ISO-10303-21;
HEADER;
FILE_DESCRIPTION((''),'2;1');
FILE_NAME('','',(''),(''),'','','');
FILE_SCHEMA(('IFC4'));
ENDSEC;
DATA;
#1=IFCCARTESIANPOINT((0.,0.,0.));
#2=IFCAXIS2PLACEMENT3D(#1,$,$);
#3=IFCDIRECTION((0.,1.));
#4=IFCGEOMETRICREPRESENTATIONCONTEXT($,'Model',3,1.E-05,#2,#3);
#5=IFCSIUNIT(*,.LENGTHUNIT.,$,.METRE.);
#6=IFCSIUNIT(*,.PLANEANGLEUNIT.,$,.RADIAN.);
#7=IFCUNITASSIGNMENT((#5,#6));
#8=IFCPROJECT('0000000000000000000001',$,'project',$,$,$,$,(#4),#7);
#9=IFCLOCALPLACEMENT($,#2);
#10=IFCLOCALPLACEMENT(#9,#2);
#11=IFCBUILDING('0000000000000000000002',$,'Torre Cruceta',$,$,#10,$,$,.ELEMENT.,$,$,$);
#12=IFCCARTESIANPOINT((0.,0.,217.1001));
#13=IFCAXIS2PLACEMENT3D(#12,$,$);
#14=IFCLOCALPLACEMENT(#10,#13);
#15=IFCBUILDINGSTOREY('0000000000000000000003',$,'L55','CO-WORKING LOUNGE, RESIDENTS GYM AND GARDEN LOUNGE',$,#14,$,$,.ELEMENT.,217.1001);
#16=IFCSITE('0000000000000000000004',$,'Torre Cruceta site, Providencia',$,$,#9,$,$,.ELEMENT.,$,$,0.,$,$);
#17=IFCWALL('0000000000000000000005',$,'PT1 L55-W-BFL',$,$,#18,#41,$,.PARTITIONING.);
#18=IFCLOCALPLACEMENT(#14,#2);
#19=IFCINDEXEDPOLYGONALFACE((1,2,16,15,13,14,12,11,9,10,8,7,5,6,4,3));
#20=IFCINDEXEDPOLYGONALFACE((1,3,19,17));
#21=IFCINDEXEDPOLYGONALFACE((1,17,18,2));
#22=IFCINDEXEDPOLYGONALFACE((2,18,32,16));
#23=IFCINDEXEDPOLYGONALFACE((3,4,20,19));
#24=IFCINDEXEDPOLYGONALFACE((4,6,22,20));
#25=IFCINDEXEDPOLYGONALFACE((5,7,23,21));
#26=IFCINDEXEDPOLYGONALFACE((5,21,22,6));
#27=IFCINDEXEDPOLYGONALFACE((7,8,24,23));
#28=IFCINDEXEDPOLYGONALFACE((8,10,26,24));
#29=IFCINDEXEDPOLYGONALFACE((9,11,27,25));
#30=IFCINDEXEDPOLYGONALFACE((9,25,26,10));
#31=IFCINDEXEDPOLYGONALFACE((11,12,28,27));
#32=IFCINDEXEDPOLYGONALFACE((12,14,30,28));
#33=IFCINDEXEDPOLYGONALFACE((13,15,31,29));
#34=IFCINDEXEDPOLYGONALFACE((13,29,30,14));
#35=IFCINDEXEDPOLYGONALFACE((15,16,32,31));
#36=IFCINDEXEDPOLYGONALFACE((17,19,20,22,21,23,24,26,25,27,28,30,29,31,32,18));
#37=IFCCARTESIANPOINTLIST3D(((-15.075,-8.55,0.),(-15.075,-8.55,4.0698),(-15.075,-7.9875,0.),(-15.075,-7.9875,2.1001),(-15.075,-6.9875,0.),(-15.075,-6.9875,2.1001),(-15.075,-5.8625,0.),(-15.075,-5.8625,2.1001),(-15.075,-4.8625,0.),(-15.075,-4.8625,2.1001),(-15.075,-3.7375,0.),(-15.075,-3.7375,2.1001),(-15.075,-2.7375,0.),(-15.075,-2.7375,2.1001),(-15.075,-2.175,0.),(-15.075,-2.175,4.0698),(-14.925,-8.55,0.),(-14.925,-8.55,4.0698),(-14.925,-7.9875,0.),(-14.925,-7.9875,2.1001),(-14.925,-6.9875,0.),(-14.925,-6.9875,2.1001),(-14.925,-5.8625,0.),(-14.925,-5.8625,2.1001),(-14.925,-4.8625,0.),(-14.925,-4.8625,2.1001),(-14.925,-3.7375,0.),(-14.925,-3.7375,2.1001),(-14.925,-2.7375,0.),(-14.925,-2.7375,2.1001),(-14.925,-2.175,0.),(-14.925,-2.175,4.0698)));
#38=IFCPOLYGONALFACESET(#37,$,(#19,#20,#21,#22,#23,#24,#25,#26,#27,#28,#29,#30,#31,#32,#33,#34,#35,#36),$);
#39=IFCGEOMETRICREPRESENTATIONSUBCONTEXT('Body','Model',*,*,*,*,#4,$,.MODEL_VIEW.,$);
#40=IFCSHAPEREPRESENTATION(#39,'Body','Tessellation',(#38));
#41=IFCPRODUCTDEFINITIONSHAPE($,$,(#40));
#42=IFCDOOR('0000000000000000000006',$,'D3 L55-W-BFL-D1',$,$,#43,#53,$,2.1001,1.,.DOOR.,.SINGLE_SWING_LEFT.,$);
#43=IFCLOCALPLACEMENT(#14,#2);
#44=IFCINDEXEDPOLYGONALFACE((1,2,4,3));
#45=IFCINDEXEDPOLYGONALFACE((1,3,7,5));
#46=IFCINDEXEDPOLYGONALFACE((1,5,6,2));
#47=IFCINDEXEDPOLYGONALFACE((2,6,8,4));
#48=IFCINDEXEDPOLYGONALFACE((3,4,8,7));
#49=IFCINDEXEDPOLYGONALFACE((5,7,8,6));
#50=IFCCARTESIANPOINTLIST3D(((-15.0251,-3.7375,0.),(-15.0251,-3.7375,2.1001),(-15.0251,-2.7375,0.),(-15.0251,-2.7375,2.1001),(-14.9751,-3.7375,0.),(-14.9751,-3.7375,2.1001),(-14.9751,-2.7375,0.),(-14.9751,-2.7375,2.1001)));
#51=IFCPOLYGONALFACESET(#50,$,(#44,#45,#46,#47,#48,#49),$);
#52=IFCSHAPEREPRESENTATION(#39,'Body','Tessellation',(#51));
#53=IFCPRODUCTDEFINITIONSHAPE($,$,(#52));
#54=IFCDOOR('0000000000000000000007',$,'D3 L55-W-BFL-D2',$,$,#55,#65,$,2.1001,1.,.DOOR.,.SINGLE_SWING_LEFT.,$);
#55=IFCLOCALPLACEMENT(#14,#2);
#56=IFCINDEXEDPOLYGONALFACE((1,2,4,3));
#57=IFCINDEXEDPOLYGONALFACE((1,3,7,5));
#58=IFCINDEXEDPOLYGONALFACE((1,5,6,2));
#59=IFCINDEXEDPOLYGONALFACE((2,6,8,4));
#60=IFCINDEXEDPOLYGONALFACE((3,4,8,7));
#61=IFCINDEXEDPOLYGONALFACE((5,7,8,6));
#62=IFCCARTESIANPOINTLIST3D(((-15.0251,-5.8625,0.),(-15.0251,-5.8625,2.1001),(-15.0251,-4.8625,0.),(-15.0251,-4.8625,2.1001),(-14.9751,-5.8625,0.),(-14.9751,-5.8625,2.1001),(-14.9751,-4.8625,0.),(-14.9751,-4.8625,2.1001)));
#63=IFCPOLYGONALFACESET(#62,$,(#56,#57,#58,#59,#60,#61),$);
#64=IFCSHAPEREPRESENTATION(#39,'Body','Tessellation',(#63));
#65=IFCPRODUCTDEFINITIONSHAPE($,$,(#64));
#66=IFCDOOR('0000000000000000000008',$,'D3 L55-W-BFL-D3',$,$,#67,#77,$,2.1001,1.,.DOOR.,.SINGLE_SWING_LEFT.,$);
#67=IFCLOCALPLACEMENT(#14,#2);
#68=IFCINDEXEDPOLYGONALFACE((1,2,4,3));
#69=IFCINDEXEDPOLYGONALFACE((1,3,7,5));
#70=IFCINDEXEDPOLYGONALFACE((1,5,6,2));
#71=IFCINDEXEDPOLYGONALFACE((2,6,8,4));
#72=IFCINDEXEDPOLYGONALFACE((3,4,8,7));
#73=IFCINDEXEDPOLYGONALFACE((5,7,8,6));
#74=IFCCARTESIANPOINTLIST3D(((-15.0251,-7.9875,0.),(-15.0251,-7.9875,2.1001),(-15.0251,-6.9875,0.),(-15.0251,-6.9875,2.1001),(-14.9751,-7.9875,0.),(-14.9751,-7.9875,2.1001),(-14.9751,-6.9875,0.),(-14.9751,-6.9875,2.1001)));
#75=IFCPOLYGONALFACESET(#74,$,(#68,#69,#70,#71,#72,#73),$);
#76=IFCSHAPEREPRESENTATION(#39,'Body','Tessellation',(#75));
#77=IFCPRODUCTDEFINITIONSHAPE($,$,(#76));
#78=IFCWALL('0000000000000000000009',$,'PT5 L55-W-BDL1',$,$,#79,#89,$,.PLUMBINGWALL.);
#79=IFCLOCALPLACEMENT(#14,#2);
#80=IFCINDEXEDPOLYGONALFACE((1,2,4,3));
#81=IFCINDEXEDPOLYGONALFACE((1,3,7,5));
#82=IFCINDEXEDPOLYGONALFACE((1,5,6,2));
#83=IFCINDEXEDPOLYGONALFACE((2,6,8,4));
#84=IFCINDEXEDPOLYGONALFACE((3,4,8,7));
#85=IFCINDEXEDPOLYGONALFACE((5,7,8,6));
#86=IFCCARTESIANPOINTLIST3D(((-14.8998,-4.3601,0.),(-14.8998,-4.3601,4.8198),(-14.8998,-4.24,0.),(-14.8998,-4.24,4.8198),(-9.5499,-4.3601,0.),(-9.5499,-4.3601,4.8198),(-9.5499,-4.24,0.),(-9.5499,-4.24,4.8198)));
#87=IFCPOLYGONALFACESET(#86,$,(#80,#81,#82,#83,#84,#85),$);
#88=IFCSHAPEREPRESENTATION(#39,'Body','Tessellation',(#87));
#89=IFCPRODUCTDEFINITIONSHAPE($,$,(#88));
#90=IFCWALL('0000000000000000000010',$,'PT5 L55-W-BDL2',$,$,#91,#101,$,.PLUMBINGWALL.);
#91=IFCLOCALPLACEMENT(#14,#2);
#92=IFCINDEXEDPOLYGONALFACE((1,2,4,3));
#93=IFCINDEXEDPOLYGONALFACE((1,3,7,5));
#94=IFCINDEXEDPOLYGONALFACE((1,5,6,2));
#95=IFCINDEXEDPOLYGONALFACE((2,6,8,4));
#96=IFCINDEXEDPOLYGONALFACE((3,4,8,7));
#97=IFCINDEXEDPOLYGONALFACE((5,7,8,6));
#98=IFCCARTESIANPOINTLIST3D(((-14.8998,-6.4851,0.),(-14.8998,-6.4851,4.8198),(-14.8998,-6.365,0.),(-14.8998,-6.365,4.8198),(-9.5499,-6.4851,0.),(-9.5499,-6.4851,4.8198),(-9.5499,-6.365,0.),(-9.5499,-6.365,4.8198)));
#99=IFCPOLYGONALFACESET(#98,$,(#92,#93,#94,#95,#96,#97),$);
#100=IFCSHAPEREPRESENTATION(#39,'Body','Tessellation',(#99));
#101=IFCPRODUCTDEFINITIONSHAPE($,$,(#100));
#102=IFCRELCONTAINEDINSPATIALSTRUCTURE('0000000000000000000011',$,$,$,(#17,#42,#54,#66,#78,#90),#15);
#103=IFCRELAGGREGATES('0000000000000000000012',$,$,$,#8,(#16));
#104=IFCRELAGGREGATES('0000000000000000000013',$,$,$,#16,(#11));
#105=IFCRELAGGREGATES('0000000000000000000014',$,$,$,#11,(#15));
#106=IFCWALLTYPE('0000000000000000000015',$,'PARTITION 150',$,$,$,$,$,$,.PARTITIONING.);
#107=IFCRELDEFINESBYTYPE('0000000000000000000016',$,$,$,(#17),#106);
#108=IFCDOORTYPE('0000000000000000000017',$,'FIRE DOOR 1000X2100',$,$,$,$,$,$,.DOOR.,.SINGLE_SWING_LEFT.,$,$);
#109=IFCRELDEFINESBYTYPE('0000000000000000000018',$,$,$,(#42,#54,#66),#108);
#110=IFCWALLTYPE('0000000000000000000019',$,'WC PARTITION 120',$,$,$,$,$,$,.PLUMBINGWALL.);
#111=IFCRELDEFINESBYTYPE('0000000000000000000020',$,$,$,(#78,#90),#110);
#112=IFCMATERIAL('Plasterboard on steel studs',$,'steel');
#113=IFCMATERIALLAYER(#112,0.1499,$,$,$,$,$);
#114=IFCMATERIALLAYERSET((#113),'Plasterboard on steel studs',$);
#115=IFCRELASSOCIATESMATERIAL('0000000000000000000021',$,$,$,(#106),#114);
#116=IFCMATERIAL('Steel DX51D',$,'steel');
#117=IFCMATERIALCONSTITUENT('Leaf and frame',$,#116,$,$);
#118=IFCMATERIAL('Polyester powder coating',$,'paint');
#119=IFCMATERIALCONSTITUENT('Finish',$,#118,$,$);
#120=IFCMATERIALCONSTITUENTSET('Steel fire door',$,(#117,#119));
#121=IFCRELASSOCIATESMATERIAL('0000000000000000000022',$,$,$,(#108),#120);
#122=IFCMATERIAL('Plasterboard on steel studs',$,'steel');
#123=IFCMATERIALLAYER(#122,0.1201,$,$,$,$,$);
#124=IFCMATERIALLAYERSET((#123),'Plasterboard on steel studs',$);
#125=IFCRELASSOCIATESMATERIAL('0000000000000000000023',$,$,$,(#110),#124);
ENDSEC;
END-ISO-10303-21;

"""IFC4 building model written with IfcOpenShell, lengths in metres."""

from ifc_helpers import new_model, si_unit, direction, frame, frame_2d, origin, place, context, subcontext, project, spatial, rectangle, extrude, material, layer, layer_set, constituent, constituent_set, type_object, element, fill, save


model = new_model("IFC4")

# Units and contexts
model_context = context("Model", 3, precision=1e-05, world=origin(), true_north=direction((0.0, 1.0)))
body_context = subcontext(model_context, "Body", "Model", "MODEL_VIEW")
ifc_project = project(units=[si_unit("LENGTHUNIT", "METRE"), si_unit("PLANEANGLEUNIT", "RADIAN")], contexts=[model_context])

# Site, building, storey
site_placement = place(None, origin())
site = spatial("IfcSite", under=ifc_project, at=site_placement, Name="Torre Cruceta site, Providencia", CompositionType="ELEMENT", RefElevation=0.0)
building_placement = place(site_placement, origin())
building = spatial("IfcBuilding", under=site, at=building_placement, Name="Torre Cruceta", CompositionType="ELEMENT")
storey_placement = place(building_placement, frame((0.0, 0.0, 217.1001)))
storey = spatial("IfcBuildingStorey", under=building, at=storey_placement, Name="L55", Description="CO-WORKING LOUNGE, RESIDENTS GYM AND GARDEN LOUNGE", CompositionType="ELEMENT", Elevation=217.1001)

# Wall, openings, doors
ifc_material_1 = material(Name="Plasterboard on steel studs", Category="steel")
ifc_layer_1 = layer(ifc_material_1, 0.1499)
ifc_layer_set_1 = layer_set([ifc_layer_1], Name="Plasterboard on steel studs")
wall_type_1 = type_object("IfcWallType", Name="PARTITION 150", PredefinedType="PARTITIONING", material=ifc_layer_set_1)
wall_1_placement = place(storey_placement, frame((-15.0, -2.175, 0.0), z_axis=(0.0, 0.0, 1.0), x_axis=(0.0, -1.0, 0.0)))
wall_1 = element("IfcWall", 1, at=wall_1_placement, inside=storey, type_object=wall_type_1, Name="PT1 L55-W-BFL", PredefinedType="PARTITIONING", context=body_context, shape_type="SweptSolid", body=[
    extrude(rectangle(XDim=6.375, YDim=0.1499, at=frame_2d((3.1875, 0.0))), origin(), (0.0, 0.0, 1.0), 4.0698),
])
opening_1_placement = place(wall_1_placement, frame((0.5625, 0.0, 0.0)))
opening_1 = element("IfcOpeningElement", 2, at=opening_1_placement, cuts=wall_1, PredefinedType="OPENING", context=body_context, shape_type="SweptSolid", body=[
    extrude(rectangle(XDim=1.0, YDim=2.1001, at=frame_2d((0.5, 1.05))), frame((0.0, 0.085, 0.0), z_axis=(0.0, -1.0, 0.0), x_axis=(1.0, 0.0, 0.0)), (0.0, 0.0, 1.0), 0.1699),
])
opening_2_placement = place(wall_1_placement, frame((2.6875, 0.0, 0.0)))
opening_2 = element("IfcOpeningElement", 3, at=opening_2_placement, cuts=wall_1, PredefinedType="OPENING", context=body_context, shape_type="SweptSolid", body=[
    extrude(rectangle(XDim=1.0, YDim=2.1001, at=frame_2d((0.5, 1.05))), frame((0.0, 0.085, 0.0), z_axis=(0.0, -1.0, 0.0), x_axis=(1.0, 0.0, 0.0)), (0.0, 0.0, 1.0), 0.1699),
])
opening_3_placement = place(wall_1_placement, frame((4.8125, 0.0, 0.0)))
opening_3 = element("IfcOpeningElement", 4, at=opening_3_placement, cuts=wall_1, PredefinedType="OPENING", context=body_context, shape_type="SweptSolid", body=[
    extrude(rectangle(XDim=1.0, YDim=2.1001, at=frame_2d((0.5, 1.05))), frame((0.0, 0.085, 0.0), z_axis=(0.0, -1.0, 0.0), x_axis=(1.0, 0.0, 0.0)), (0.0, 0.0, 1.0), 0.1699),
])
ifc_material_2 = material(Name="Steel DX51D", Category="steel")
ifc_constituent_1 = constituent(ifc_material_2, Name="Leaf and frame")
ifc_material_3 = material(Name="Polyester powder coating", Category="paint")
ifc_constituent_2 = constituent(ifc_material_3, Name="Finish")
ifc_constituent_set_1 = constituent_set(constituents=[ifc_constituent_1, ifc_constituent_2], Name="Steel fire door")
door_type_1 = type_object("IfcDoorType", Name="FIRE DOOR 1000X2100", OperationType="SINGLE_SWING_LEFT", PredefinedType="DOOR", material=ifc_constituent_set_1)
door_1_placement = place(opening_1_placement, origin())
door_1 = element("IfcDoor", 5, at=door_1_placement, inside=storey, type_object=door_type_1, Name="D3 L55-W-BFL-D1", OperationType="SINGLE_SWING_LEFT", OverallHeight=2.1001, OverallWidth=1.0, PredefinedType="DOOR", context=body_context, shape_type="SweptSolid", body=[
    extrude(rectangle(XDim=1.0, YDim=2.1001, at=frame_2d((0.5, 1.05))), frame((0.0, 0.0249, 0.0), z_axis=(0.0, -1.0, 0.0), x_axis=(1.0, 0.0, 0.0)), (0.0, 0.0, 1.0), 0.05),
])
fill(opening_1, door_1)
door_2_placement = place(opening_2_placement, origin())
door_2 = element("IfcDoor", 6, at=door_2_placement, inside=storey, type_object=door_type_1, Name="D3 L55-W-BFL-D2", OperationType="SINGLE_SWING_LEFT", OverallHeight=2.1001, OverallWidth=1.0, PredefinedType="DOOR", context=body_context, shape_type="SweptSolid", body=[
    extrude(rectangle(XDim=1.0, YDim=2.1001, at=frame_2d((0.5, 1.05))), frame((0.0, 0.0249, 0.0), z_axis=(0.0, -1.0, 0.0), x_axis=(1.0, 0.0, 0.0)), (0.0, 0.0, 1.0), 0.05),
])
fill(opening_2, door_2)
door_3_placement = place(opening_3_placement, origin())
door_3 = element("IfcDoor", 7, at=door_3_placement, inside=storey, type_object=door_type_1, Name="D3 L55-W-BFL-D3", OperationType="SINGLE_SWING_LEFT", OverallHeight=2.1001, OverallWidth=1.0, PredefinedType="DOOR", context=body_context, shape_type="SweptSolid", body=[
    extrude(rectangle(XDim=1.0, YDim=2.1001, at=frame_2d((0.5, 1.05))), frame((0.0, 0.0249, 0.0), z_axis=(0.0, -1.0, 0.0), x_axis=(1.0, 0.0, 0.0)), (0.0, 0.0, 1.0), 0.05),
])
fill(opening_3, door_3)

# Walls
ifc_material_4 = material(Name="Plasterboard on steel studs", Category="steel")
ifc_layer_2 = layer(ifc_material_4, 0.1201)
ifc_layer_set_2 = layer_set([ifc_layer_2], Name="Plasterboard on steel studs")
wall_type_2 = type_object("IfcWallType", Name="WC PARTITION 120", PredefinedType="PLUMBINGWALL", material=ifc_layer_set_2)
for number, where, z_axis, x_axis, name in (
    (8, (-9.55, -4.3, 0.0), (0.0, 0.0, 1.0), (-1.0, 0.0, 0.0), "PT5 L55-W-BDL1"),
    (9, (-9.55, -6.425, 0.0), (0.0, 0.0, 1.0), (-1.0, 0.0, 0.0), "PT5 L55-W-BDL2"),
):
    element("IfcWall", number, at=place(storey_placement, frame(where, z_axis=z_axis, x_axis=x_axis)), inside=storey, type_object=wall_type_2, Name=name, PredefinedType="PLUMBINGWALL", context=body_context, shape_type="SweptSolid", body=[
        extrude(rectangle(XDim=5.3499, YDim=0.1201, at=frame_2d((2.6748, 0.0))), origin(), (0.0, 0.0, 1.0), 4.8198),
    ])

save(model, "model.ifc")
